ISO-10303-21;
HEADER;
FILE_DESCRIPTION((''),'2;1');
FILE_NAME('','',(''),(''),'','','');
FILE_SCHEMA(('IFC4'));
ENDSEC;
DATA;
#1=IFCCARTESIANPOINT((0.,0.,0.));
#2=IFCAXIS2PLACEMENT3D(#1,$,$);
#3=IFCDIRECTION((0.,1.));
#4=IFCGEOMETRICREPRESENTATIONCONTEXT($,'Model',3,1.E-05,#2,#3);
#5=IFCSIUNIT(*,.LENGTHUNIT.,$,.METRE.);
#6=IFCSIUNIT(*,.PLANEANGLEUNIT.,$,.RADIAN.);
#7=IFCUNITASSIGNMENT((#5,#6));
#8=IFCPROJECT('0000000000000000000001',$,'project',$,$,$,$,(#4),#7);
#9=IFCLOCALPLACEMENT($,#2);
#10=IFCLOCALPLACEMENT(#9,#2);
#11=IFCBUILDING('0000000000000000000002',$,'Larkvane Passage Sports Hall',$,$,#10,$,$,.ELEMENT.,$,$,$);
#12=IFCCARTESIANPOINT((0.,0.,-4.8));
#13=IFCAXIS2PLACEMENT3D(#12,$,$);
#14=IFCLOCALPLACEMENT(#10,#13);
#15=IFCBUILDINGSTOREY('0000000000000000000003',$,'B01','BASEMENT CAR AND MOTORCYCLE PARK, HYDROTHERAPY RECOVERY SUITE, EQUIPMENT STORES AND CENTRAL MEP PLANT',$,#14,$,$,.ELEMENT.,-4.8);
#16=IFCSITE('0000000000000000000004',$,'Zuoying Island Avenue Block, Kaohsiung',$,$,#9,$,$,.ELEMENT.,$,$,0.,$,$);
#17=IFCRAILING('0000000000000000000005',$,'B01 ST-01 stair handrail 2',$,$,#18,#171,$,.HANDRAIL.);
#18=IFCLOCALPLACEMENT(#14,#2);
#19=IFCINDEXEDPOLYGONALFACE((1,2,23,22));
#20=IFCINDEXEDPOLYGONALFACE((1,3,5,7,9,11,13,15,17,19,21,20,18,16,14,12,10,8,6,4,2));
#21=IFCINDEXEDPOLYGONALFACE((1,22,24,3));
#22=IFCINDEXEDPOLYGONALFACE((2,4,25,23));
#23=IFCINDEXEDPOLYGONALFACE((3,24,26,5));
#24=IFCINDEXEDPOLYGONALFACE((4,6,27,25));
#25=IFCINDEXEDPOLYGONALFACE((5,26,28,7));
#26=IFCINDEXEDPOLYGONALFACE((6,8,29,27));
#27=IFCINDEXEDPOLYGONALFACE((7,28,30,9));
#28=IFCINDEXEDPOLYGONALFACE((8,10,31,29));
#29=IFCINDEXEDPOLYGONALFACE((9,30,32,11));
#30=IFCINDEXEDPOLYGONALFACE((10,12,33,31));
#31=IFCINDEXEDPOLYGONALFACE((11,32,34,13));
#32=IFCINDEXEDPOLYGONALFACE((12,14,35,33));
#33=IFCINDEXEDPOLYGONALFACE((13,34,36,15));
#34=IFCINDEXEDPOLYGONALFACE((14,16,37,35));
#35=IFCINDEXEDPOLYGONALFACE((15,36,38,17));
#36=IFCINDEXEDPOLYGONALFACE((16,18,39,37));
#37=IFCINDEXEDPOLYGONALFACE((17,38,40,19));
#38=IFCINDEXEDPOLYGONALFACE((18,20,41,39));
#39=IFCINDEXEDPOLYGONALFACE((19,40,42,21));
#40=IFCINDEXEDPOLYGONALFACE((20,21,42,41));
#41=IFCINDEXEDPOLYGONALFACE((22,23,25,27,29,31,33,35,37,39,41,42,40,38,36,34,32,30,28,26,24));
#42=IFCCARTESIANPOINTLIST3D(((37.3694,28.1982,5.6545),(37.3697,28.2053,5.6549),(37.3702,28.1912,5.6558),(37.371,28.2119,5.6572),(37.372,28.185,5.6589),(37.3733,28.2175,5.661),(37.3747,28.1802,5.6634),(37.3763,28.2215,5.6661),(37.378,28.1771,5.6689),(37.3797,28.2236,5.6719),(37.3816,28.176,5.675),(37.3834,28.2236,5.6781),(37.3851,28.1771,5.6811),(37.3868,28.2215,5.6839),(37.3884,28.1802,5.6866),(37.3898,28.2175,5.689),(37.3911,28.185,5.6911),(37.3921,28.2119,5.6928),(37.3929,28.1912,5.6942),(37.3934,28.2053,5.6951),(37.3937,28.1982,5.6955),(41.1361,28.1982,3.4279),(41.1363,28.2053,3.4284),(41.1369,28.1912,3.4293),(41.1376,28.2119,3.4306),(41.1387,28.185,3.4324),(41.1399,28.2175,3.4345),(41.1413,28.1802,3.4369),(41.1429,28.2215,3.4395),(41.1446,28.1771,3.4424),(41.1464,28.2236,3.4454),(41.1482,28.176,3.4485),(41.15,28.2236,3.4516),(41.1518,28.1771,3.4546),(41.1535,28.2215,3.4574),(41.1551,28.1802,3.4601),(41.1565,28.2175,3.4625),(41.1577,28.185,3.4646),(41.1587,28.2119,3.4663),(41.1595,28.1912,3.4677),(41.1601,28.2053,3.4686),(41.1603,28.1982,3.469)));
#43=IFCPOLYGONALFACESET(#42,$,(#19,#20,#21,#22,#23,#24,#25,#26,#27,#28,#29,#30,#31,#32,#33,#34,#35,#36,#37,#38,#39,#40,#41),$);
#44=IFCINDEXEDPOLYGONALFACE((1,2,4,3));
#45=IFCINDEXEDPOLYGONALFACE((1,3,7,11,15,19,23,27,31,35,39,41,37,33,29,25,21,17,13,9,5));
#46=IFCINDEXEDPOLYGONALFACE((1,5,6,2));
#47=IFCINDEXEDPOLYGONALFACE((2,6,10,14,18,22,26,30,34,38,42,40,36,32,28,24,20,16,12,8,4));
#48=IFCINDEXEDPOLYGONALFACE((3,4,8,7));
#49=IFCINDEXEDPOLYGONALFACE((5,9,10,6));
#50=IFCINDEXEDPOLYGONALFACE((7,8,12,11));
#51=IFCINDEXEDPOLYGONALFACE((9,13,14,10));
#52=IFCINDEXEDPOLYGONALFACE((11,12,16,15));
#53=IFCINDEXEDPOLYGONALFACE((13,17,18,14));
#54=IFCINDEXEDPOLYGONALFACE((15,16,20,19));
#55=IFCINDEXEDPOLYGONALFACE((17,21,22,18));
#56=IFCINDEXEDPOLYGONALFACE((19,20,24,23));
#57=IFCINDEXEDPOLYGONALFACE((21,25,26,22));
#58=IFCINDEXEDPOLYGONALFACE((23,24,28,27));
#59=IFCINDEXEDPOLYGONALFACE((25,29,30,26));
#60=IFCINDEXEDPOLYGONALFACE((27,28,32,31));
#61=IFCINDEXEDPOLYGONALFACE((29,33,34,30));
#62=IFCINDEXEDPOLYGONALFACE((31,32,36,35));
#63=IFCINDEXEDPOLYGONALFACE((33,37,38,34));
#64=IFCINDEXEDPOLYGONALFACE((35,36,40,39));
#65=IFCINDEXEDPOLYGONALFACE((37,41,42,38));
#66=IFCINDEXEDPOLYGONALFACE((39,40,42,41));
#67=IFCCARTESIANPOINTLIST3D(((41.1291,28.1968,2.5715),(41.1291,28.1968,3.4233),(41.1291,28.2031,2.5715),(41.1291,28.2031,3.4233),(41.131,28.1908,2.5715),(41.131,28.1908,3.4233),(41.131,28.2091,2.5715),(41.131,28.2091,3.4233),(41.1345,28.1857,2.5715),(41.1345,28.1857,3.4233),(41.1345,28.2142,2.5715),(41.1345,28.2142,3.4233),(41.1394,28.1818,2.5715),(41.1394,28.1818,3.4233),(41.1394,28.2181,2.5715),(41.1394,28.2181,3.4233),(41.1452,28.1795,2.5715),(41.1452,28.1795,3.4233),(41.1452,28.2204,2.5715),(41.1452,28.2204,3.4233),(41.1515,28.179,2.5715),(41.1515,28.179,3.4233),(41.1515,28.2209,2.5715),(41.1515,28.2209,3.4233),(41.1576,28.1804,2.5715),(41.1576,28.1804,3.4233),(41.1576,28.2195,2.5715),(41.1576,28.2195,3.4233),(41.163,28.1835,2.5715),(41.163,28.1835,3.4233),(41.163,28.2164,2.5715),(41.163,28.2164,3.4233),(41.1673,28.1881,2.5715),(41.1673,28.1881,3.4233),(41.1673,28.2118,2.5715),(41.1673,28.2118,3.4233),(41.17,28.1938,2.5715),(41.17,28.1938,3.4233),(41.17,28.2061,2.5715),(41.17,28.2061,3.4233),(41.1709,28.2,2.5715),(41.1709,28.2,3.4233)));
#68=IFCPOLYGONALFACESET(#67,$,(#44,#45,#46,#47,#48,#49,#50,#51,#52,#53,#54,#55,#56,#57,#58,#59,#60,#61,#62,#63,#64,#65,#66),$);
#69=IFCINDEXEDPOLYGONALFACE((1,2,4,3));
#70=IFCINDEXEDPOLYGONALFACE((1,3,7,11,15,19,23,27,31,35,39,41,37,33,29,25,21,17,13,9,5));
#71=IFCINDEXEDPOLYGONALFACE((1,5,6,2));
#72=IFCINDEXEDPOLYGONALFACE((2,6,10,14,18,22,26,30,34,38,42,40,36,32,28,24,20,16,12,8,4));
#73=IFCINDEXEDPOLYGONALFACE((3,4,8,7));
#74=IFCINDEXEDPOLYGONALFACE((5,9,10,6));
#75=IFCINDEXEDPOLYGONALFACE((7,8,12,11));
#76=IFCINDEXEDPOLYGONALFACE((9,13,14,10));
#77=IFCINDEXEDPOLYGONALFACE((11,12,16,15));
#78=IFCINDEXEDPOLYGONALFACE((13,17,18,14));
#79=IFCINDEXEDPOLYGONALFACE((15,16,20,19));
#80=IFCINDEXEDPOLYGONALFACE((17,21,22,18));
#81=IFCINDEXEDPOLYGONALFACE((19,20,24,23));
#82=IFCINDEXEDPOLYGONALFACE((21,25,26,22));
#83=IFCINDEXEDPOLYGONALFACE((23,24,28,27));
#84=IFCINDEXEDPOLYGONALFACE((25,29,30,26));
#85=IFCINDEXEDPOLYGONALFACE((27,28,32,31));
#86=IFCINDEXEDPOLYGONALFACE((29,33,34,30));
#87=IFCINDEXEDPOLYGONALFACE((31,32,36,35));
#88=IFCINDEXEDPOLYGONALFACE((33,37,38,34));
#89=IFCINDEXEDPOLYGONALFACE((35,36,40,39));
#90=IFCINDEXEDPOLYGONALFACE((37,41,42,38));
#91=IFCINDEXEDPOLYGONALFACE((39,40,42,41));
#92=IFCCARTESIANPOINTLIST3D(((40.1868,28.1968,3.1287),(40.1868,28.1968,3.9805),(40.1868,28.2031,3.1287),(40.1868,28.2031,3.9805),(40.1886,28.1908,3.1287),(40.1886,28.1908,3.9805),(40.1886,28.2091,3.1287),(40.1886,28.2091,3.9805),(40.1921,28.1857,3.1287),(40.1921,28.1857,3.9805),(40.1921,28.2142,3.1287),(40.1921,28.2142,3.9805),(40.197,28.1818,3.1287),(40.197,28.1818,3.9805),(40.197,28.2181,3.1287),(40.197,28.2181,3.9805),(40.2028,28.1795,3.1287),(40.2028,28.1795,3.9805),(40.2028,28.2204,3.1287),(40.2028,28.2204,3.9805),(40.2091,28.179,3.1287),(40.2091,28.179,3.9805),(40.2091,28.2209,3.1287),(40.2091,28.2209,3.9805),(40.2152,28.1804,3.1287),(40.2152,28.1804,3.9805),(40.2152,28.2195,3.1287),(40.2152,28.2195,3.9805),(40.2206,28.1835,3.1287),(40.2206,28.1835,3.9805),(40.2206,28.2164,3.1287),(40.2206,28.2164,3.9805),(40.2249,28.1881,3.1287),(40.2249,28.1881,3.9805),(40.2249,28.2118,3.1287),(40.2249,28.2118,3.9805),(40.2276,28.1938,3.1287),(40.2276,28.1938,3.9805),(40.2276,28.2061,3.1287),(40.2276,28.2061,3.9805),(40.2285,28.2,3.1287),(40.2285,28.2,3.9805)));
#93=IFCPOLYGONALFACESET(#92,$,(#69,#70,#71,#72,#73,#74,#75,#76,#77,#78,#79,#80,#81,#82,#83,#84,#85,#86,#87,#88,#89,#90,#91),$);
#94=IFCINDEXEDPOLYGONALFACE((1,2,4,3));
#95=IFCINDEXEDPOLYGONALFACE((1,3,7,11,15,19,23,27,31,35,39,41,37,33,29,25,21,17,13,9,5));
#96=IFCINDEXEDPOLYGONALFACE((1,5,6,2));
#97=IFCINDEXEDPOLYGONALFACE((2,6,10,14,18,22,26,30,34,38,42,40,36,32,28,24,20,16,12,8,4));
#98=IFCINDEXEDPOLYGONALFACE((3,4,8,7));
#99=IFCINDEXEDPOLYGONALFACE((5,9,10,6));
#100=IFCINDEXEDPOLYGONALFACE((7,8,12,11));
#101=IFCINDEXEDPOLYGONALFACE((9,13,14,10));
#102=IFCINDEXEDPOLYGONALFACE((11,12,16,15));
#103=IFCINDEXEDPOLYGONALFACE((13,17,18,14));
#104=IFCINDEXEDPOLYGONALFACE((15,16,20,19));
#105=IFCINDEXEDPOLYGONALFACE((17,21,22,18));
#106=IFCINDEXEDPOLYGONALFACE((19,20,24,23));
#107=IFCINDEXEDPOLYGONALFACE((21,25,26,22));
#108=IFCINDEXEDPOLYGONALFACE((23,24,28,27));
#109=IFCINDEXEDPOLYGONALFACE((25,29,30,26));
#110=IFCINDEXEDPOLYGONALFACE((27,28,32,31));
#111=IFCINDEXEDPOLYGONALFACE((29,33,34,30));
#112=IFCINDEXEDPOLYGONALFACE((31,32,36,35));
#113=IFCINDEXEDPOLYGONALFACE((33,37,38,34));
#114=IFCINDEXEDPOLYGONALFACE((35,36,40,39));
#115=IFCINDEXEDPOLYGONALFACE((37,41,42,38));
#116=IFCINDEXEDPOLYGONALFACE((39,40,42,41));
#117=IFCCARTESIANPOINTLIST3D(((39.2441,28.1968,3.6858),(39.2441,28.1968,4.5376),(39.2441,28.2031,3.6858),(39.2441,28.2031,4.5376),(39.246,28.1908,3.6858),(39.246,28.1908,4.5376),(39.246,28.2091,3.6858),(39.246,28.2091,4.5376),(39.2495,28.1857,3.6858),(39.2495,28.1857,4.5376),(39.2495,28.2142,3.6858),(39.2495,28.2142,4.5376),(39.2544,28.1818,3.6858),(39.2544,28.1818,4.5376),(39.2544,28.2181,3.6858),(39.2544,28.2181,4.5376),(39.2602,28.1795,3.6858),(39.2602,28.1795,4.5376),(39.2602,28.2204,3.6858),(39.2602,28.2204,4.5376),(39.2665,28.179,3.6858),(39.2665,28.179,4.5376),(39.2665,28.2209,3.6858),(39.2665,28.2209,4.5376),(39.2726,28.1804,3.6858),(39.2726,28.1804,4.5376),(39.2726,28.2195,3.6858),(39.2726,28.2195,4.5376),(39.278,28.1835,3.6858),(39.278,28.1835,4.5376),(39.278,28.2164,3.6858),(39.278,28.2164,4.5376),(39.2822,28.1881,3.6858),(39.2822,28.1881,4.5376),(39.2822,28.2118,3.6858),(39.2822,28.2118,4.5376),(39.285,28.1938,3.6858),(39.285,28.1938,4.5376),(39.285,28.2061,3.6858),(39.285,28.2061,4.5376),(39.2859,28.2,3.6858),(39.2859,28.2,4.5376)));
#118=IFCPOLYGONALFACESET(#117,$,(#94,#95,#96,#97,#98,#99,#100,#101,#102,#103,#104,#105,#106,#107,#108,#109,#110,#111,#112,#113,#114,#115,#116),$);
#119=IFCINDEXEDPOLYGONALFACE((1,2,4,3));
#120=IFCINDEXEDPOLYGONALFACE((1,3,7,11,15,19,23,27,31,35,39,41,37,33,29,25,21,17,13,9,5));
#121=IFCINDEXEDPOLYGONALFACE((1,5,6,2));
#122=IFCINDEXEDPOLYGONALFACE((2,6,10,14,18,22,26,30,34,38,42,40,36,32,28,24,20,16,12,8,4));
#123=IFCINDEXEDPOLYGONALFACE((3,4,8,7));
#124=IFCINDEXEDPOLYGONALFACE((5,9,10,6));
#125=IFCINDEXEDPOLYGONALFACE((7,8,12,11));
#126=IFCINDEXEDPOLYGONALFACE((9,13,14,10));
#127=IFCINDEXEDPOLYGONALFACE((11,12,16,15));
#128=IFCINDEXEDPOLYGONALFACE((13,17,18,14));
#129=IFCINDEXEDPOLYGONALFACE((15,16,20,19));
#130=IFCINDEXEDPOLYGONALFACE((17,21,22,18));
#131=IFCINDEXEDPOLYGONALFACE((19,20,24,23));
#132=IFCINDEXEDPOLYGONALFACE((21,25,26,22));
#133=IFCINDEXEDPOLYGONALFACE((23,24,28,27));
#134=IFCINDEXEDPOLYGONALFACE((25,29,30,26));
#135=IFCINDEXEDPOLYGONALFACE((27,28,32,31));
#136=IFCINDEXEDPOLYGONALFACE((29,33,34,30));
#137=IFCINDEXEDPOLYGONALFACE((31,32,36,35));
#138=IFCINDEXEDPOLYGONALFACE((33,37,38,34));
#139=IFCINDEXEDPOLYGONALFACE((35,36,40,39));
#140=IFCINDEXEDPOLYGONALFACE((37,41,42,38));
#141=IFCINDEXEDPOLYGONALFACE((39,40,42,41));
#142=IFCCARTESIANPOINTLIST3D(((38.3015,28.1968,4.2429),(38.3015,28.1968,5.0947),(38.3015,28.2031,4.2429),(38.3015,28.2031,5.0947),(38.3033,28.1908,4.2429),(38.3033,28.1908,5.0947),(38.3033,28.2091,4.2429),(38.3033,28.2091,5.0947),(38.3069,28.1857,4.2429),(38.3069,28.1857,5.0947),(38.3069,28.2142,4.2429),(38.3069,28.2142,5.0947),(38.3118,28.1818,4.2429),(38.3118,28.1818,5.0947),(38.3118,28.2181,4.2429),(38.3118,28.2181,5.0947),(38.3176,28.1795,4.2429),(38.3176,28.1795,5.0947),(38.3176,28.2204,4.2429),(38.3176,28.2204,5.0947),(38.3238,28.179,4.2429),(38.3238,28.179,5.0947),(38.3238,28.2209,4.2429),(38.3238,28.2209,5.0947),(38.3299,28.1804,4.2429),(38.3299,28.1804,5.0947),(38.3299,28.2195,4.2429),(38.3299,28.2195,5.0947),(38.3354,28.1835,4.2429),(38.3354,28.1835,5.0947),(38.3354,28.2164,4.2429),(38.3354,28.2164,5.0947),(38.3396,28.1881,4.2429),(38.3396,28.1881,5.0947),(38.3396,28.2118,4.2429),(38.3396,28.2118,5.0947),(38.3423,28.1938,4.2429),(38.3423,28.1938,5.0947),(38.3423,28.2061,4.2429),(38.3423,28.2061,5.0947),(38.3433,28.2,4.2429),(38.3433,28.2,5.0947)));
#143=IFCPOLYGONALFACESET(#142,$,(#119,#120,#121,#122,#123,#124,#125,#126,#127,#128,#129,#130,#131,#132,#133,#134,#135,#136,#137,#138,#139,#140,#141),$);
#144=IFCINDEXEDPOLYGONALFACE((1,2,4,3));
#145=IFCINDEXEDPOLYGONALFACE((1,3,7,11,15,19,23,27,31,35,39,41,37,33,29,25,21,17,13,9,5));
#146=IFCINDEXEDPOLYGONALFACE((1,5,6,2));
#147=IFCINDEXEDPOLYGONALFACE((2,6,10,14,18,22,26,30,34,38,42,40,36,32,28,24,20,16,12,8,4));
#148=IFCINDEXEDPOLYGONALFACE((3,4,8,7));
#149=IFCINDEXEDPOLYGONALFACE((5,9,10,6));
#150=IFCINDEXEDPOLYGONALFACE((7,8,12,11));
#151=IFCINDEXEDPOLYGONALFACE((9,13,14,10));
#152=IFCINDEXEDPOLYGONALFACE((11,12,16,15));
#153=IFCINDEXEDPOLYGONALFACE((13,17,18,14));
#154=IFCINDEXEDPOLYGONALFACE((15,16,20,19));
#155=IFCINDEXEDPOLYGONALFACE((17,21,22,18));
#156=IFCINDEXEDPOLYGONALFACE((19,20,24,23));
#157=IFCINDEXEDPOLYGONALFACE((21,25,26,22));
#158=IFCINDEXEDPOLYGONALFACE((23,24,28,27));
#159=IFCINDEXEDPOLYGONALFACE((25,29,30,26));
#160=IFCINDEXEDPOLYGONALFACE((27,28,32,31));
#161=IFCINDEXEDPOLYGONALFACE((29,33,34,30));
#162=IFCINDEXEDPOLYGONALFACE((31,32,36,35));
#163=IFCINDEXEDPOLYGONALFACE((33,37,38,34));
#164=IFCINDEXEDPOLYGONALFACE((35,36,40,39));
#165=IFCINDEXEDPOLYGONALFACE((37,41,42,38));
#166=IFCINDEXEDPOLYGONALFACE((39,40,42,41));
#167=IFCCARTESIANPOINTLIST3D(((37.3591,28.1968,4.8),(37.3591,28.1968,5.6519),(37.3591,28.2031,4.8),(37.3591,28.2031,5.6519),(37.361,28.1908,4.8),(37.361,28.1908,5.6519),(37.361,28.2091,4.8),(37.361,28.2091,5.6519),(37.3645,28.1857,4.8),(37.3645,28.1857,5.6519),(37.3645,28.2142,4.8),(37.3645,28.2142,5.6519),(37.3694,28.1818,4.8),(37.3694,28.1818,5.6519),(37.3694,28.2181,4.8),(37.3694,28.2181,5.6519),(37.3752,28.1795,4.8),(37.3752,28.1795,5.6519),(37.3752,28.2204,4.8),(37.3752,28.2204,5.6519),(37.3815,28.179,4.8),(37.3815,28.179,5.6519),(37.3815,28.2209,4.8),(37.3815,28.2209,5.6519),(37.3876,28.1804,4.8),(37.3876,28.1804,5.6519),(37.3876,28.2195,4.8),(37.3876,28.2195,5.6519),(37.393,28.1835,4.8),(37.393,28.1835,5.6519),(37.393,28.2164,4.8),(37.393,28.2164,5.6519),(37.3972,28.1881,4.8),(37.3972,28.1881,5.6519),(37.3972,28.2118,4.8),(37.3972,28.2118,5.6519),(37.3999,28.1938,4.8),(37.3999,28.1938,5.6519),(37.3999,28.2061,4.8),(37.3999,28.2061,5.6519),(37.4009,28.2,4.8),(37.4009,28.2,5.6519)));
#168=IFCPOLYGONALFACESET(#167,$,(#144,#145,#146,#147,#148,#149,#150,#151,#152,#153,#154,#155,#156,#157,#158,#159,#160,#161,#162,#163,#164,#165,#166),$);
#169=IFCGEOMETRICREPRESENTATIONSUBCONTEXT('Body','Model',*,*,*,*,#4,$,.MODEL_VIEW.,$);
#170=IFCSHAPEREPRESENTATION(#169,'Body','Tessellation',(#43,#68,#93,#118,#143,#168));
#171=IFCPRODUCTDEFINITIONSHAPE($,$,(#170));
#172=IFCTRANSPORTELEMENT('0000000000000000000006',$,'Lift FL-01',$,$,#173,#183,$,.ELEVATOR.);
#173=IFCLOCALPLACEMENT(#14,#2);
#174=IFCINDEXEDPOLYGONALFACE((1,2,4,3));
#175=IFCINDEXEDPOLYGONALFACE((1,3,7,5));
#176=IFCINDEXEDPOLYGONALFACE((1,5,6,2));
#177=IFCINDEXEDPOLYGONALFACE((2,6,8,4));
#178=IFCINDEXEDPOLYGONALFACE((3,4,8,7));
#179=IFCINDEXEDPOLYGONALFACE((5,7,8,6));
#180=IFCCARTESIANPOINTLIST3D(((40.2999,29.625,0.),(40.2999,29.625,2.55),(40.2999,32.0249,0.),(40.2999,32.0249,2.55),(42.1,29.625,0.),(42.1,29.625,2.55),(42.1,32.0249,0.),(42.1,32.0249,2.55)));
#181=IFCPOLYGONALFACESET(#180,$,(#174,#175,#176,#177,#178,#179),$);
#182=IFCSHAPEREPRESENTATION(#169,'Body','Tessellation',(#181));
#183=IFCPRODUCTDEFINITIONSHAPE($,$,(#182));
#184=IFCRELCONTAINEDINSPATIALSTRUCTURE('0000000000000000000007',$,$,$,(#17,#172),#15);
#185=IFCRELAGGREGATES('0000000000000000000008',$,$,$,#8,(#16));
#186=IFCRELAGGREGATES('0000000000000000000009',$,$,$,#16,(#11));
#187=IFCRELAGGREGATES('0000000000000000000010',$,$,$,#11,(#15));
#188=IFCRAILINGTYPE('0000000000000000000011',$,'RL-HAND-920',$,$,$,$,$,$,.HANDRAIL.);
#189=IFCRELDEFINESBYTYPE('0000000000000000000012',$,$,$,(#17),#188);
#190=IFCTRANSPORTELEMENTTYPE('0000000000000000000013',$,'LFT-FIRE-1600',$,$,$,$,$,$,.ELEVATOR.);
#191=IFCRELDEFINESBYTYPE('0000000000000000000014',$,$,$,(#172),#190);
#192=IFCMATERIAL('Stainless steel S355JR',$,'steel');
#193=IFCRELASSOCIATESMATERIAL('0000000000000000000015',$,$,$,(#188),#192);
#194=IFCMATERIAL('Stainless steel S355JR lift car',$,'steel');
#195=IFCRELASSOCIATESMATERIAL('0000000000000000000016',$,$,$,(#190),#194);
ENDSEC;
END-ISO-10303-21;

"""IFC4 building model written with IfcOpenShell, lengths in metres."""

from ifc_helpers import new_model, si_unit, direction, frame, origin, origin_2d, place, context, subcontext, project, spatial, rectangle, circle, extrude, material, type_object, element, save


model = new_model("IFC4")

# Units and contexts
model_context = context("Model", 3, precision=1e-05, world=origin(), true_north=direction((0.0, 1.0)))
body_context = subcontext(model_context, "Body", "Model", "MODEL_VIEW")
ifc_project = project(units=[si_unit("LENGTHUNIT", "METRE"), si_unit("PLANEANGLEUNIT", "RADIAN")], contexts=[model_context])

# Site, building, storey
site_placement = place(None, origin())
site = spatial("IfcSite", under=ifc_project, at=site_placement, Name="Zuoying Island Avenue Block, Kaohsiung", CompositionType="ELEMENT", RefElevation=0.0)
building_placement = place(site_placement, origin())
building = spatial("IfcBuilding", under=site, at=building_placement, Name="Larkvane Passage Sports Hall", CompositionType="ELEMENT")
storey_placement = place(building_placement, frame((0.0, 0.0, -4.8)))
storey = spatial("IfcBuildingStorey", under=building, at=storey_placement, Name="B01", Description="BASEMENT CAR AND MOTORCYCLE PARK, HYDROTHERAPY RECOVERY SUITE, EQUIPMENT STORES AND CENTRAL MEP PLANT", CompositionType="ELEMENT", Elevation=-4.8)

# Railing
ifc_material_1 = material(Name="Stainless steel S355JR", Category="steel")
railing_type_1 = type_object("IfcRailingType", Name="RL-HAND-920", PredefinedType="HANDRAIL", material=ifc_material_1)
railing_1_placement = place(storey_placement, frame((41.1499, 28.2, 2.5715)))
element("IfcRailing", 1, at=railing_1_placement, inside=storey, type_object=railing_type_1, Name="B01 ST-01 stair handrail 2", PredefinedType="HANDRAIL", context=body_context, shape_type="SweptSolid", body=[
    extrude(circle(Radius=0.0239, at=origin_2d()), frame((-0.0017, 0.0, 0.877), z_axis=(-0.860849, 0.0, 0.508861), x_axis=(0.0, -1.0, 0.0)), (0.0, 0.0, 1.0), 4.3755),
    extrude(circle(Radius=0.021, at=origin_2d()), origin(), (0.0, 0.0, 1.0), 0.8518),
    extrude(circle(Radius=0.021, at=origin_2d()), frame((-0.9424, 0.0, 0.5571)), (0.0, 0.0, 1.0), 0.8518),
    extrude(circle(Radius=0.021, at=origin_2d()), frame((-1.885, 0.0, 1.1143)), (0.0, 0.0, 1.0), 0.8518),
    extrude(circle(Radius=0.021, at=origin_2d()), frame((-2.8276, 0.0, 1.6714)), (0.0, 0.0, 1.0), 0.8518),
    extrude(circle(Radius=0.021, at=origin_2d()), frame((-3.77, 0.0, 2.2285)), (0.0, 0.0, 1.0), 0.8518),
])

# Transport element
ifc_material_2 = material(Name="Stainless steel S355JR lift car", Category="steel")
transport_element_type = type_object("IfcTransportElementType", Name="LFT-FIRE-1600", PredefinedType="ELEVATOR", material=ifc_material_2)
transport_element_placement = place(storey_placement, frame((41.2, 30.825, 0.0), z_axis=(0.0, 0.0, 1.0), x_axis=(1.0, 0.0, 0.0)))
element("IfcTransportElement", 2, at=transport_element_placement, inside=storey, type_object=transport_element_type, Name="Lift FL-01", PredefinedType="ELEVATOR", context=body_context, shape_type="SweptSolid", body=[
    extrude(rectangle(XDim=1.8, YDim=2.3999, at=origin_2d()), origin(), (0.0, 0.0, 1.0), 2.55),
])

save(model, "model.ifc")
